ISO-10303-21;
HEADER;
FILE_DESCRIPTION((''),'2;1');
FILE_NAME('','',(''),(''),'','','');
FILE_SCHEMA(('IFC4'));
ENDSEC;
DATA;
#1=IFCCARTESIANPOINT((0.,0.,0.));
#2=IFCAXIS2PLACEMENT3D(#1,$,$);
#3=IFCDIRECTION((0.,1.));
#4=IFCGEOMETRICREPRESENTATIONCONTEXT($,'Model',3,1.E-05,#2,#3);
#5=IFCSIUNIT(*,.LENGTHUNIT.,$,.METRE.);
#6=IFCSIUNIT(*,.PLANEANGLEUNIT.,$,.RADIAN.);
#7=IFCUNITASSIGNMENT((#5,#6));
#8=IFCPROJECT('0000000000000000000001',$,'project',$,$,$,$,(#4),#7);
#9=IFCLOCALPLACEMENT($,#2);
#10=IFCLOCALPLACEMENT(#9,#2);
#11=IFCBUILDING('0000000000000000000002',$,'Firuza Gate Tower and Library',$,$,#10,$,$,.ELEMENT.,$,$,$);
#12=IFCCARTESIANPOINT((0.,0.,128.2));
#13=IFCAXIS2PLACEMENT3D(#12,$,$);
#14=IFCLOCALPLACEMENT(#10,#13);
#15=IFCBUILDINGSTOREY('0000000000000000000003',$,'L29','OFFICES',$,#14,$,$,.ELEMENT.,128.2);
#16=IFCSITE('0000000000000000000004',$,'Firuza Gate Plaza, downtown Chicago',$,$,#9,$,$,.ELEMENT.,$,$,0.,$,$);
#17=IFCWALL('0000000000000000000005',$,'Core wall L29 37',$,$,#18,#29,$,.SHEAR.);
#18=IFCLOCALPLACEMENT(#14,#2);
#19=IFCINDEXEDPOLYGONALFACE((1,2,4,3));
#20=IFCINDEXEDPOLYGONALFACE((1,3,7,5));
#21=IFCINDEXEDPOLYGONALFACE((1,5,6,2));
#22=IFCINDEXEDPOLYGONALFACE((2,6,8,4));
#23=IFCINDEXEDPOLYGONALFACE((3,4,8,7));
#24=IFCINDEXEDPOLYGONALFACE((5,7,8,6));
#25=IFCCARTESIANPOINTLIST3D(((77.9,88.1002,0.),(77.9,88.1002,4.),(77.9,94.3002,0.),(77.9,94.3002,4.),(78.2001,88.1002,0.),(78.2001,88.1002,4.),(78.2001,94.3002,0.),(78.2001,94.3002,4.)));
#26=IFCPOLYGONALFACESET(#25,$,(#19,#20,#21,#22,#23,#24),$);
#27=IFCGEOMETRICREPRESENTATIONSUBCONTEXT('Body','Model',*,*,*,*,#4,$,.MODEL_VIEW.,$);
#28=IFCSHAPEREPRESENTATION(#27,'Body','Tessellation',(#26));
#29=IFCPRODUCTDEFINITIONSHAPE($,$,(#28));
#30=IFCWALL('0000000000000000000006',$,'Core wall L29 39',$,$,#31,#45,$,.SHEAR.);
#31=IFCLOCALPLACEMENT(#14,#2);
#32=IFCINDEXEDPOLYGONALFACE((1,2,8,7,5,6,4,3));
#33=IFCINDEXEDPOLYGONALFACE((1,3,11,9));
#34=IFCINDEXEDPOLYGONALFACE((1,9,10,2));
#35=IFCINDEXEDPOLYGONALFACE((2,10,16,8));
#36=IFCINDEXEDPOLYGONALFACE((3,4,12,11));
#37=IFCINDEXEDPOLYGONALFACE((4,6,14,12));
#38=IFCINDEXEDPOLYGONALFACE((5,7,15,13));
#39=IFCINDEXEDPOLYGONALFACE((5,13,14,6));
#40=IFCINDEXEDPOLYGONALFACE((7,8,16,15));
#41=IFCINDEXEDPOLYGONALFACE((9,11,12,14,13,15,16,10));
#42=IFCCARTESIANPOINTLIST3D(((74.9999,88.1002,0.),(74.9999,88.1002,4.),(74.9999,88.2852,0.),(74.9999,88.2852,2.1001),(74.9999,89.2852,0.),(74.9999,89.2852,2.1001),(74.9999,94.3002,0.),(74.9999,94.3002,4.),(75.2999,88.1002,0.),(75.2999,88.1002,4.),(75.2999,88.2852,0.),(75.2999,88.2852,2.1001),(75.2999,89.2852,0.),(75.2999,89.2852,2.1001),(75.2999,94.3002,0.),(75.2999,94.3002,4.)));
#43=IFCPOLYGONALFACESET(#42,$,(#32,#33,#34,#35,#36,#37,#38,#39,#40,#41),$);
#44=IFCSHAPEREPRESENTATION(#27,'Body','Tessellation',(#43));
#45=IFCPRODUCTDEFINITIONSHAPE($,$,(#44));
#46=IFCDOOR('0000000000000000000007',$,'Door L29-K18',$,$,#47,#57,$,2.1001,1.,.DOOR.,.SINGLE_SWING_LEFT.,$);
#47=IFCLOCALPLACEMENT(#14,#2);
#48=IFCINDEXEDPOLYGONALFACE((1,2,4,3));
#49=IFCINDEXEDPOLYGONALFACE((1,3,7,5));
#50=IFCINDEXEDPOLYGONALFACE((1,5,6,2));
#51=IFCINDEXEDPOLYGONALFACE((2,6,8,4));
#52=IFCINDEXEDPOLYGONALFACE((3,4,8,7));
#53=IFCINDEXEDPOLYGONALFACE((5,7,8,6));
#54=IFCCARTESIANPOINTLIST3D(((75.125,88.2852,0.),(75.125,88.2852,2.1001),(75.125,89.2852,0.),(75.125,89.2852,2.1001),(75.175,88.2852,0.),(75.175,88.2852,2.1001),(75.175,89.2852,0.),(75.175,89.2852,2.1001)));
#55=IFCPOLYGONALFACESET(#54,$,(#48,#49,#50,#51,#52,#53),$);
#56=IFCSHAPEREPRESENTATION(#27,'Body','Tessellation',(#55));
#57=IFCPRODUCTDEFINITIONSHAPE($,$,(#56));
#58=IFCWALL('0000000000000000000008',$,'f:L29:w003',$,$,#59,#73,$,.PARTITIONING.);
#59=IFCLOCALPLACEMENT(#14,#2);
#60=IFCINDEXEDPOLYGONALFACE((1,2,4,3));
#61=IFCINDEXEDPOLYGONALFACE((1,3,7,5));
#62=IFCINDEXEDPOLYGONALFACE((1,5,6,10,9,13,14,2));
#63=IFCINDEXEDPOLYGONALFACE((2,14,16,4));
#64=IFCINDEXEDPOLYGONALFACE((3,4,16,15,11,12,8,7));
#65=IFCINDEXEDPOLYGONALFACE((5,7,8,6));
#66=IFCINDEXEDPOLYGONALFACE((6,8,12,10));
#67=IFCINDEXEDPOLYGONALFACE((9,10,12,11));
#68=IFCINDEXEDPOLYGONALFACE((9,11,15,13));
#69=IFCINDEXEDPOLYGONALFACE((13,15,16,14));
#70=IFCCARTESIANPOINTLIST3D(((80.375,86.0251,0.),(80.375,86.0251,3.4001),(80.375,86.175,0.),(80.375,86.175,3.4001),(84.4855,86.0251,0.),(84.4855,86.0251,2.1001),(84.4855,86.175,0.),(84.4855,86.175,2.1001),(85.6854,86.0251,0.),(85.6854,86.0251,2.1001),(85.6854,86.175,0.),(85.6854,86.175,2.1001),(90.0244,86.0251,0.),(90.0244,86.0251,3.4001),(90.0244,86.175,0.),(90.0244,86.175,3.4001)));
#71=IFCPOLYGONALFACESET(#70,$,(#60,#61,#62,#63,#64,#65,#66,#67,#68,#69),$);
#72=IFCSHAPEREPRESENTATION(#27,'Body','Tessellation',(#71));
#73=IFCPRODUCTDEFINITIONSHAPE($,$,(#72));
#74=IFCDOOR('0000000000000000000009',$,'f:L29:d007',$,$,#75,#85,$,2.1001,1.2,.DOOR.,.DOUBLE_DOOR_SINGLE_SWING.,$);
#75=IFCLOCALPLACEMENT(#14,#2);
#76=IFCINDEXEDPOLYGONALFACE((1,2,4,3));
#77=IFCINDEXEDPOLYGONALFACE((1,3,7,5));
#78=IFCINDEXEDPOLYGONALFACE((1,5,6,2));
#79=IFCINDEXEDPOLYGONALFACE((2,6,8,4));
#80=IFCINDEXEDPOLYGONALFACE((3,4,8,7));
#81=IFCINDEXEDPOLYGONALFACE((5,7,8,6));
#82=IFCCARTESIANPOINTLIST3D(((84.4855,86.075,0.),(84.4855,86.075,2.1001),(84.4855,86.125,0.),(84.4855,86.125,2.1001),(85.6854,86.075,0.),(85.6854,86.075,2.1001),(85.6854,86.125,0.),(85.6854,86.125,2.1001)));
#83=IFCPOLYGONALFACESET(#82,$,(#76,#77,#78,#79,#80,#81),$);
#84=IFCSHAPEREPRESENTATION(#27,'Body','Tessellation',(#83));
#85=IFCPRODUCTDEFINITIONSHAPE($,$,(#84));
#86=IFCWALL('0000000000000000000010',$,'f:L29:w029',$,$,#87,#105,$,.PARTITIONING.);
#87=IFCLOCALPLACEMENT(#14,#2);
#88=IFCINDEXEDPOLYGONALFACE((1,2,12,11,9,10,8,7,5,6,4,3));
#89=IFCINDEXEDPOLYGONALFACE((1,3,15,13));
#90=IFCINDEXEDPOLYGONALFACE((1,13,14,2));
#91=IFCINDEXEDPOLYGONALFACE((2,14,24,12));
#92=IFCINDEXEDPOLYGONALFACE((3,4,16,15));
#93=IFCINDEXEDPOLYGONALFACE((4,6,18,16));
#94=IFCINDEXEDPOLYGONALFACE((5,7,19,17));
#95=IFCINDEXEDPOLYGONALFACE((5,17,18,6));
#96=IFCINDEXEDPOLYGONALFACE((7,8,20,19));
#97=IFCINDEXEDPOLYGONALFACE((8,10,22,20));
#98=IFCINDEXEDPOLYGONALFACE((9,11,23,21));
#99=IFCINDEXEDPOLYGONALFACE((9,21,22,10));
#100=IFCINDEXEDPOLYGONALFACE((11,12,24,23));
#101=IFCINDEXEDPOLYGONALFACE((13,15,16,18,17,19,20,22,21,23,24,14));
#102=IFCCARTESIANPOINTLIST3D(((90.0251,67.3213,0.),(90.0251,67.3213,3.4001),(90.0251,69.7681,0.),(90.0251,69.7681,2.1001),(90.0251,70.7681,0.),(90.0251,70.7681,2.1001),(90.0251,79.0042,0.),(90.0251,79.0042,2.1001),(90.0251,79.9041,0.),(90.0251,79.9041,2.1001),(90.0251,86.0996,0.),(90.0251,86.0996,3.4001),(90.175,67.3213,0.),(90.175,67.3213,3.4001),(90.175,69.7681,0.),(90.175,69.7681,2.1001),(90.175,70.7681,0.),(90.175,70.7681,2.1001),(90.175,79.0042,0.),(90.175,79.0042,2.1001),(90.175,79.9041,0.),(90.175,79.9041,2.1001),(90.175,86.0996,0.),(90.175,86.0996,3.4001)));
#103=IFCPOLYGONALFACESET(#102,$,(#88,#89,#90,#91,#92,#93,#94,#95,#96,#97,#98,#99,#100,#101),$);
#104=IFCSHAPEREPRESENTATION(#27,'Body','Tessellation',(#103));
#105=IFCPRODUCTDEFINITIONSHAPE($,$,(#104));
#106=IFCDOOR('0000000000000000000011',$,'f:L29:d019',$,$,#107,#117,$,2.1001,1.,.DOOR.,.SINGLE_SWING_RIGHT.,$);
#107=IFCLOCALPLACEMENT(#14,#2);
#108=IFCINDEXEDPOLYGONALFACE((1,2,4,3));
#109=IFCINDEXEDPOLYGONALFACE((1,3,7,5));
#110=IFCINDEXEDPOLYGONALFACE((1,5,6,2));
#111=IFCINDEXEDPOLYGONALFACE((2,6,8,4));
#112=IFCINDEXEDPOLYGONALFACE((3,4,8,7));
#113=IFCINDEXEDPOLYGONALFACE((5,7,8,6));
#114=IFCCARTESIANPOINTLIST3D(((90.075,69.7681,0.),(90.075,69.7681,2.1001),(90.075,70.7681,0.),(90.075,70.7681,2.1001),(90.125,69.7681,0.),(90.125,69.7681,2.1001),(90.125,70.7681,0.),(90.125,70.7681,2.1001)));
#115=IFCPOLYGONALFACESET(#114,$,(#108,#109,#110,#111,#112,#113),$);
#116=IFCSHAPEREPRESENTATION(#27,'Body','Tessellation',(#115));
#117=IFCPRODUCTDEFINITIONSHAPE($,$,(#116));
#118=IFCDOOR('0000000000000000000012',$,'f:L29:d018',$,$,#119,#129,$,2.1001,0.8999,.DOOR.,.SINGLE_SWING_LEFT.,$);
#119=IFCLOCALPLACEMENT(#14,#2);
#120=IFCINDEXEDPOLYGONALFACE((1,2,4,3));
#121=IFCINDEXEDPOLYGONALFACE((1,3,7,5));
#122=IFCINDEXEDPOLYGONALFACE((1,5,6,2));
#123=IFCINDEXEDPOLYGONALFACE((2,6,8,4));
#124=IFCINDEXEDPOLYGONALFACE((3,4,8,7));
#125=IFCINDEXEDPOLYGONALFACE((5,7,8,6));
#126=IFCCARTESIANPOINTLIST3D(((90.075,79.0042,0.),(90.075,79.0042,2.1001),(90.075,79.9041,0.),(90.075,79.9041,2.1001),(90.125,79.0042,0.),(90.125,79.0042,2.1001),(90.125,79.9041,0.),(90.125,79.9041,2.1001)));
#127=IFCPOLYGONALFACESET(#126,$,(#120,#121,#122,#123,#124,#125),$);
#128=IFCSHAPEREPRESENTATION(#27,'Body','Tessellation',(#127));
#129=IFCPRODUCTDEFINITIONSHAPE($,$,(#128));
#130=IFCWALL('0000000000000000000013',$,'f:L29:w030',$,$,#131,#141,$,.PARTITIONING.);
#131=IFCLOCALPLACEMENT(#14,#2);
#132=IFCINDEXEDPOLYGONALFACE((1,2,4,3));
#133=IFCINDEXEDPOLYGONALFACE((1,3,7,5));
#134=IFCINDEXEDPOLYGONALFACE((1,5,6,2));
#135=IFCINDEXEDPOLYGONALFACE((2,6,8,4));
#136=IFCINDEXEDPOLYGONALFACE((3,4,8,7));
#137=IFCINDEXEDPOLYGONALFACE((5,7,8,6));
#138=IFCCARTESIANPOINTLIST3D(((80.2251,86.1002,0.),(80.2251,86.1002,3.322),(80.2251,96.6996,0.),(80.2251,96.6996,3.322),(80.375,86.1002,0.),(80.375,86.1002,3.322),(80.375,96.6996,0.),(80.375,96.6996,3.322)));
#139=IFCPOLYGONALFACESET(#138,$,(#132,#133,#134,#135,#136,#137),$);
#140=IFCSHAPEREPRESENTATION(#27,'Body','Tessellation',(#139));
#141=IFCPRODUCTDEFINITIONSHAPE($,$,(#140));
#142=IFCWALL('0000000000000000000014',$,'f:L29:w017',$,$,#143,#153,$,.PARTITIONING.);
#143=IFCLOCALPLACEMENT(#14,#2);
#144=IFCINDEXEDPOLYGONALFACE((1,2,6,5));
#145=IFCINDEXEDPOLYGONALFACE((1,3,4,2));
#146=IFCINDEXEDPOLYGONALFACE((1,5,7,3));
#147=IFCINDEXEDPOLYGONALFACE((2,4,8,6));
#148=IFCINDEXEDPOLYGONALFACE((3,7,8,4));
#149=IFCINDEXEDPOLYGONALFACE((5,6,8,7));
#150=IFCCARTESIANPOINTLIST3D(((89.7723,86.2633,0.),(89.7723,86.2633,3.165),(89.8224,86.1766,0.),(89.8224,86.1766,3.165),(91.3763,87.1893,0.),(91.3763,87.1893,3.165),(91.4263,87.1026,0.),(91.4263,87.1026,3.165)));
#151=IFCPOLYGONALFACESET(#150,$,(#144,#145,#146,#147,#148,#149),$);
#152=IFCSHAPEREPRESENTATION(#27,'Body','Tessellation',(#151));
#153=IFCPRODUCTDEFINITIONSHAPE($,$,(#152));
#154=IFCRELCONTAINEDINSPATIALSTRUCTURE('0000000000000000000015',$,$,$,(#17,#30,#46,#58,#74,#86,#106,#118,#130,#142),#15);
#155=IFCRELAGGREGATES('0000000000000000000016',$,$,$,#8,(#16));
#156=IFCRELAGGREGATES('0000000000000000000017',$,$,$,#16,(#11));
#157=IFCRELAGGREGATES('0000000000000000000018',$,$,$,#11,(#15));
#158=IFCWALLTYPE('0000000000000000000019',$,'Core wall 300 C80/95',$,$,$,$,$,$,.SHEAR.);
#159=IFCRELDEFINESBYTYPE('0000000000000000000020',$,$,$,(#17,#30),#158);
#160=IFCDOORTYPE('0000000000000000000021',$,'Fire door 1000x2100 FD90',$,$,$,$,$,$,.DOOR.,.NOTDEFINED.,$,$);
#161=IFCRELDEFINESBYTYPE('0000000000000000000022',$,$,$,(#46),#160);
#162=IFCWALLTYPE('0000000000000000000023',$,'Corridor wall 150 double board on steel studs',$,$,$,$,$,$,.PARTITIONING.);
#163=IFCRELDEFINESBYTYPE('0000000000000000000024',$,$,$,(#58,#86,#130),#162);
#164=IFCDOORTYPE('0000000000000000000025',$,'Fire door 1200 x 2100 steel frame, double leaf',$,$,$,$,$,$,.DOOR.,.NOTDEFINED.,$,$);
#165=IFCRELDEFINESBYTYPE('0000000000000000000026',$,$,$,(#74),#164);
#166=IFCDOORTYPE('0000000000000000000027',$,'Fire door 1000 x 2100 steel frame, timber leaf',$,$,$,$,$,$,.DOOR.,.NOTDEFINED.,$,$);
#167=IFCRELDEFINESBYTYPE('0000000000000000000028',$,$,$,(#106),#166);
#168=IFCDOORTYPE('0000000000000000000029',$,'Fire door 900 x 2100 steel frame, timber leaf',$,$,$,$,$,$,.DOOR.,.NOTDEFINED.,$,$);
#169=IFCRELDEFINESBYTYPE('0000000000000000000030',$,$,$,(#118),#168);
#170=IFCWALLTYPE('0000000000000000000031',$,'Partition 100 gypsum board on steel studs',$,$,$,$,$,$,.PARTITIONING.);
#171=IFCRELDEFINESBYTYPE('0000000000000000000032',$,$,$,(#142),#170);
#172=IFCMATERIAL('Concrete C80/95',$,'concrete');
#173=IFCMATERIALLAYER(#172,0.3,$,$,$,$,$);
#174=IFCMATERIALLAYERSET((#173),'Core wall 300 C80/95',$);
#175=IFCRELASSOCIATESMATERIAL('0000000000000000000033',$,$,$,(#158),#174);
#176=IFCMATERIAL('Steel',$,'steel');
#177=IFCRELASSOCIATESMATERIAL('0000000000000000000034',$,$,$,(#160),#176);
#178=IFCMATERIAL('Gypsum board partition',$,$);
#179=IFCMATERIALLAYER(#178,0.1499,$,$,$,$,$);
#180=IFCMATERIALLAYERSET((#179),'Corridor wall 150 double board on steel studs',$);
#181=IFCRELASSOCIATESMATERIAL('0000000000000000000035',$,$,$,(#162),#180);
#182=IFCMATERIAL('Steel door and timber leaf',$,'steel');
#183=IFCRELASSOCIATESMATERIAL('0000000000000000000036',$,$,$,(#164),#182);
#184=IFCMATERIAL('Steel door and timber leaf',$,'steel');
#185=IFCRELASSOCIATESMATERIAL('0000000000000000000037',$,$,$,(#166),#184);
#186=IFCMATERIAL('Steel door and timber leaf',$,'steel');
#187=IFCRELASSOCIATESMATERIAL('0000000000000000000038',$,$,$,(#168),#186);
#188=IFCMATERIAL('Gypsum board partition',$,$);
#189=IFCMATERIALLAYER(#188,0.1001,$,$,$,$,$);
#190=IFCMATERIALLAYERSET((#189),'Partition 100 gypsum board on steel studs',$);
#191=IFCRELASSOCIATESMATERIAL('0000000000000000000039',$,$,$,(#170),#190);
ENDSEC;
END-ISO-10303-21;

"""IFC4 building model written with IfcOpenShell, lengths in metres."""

from ifc_helpers import new_model, si_unit, direction, frame, frame_2d, origin, place, context, subcontext, project, spatial, rectangle, extrude, material, layer, layer_set, type_object, element, fill, save


model = new_model("IFC4")

# Units and contexts
model_context = context("Model", 3, precision=1e-05, world=origin(), true_north=direction((0.0, 1.0)))
body_context = subcontext(model_context, "Body", "Model", "MODEL_VIEW")
ifc_project = project(units=[si_unit("LENGTHUNIT", "METRE"), si_unit("PLANEANGLEUNIT", "RADIAN")], contexts=[model_context])

# Site, building, storey
site_placement = place(None, origin())
site = spatial("IfcSite", under=ifc_project, at=site_placement, Name="Firuza Gate Plaza, downtown Chicago", CompositionType="ELEMENT", RefElevation=0.0)
building_placement = place(site_placement, origin())
building = spatial("IfcBuilding", under=site, at=building_placement, Name="Firuza Gate Tower and Library", CompositionType="ELEMENT")
storey_placement = place(building_placement, frame((0.0, 0.0, 128.2)))
storey = spatial("IfcBuildingStorey", under=building, at=storey_placement, Name="L29", Description="OFFICES", CompositionType="ELEMENT", Elevation=128.2)

# Shared definitions
ifc_material_1 = material(Name="Concrete C80/95", Category="concrete")
ifc_layer_1 = layer(ifc_material_1, 0.3)
ifc_layer_set_1 = layer_set([ifc_layer_1], Name="Core wall 300 C80/95")
wall_type_1 = type_object("IfcWallType", Name="Core wall 300 C80/95", PredefinedType="SHEAR", material=ifc_layer_set_1)

# Shared definitions
ifc_material_2 = material(Name="Steel", Category="steel")
door_type_1 = type_object("IfcDoorType", Name="Fire door 1000x2100 FD90", OperationType="NOTDEFINED", PredefinedType="DOOR", material=ifc_material_2)

# Wall
wall_1_placement = place(storey_placement, frame((78.05, 88.1001, 0.0), z_axis=(0.0, 0.0, 1.0), x_axis=(0.0, 1.0, 0.0)))
element("IfcWall", 1, at=wall_1_placement, inside=storey, type_object=wall_type_1, Name="Core wall L29 37", PredefinedType="SHEAR", context=body_context, shape_type="SweptSolid", body=[
    extrude(rectangle(XDim=6.2, YDim=0.3, at=frame_2d((3.1001, 0.0))), origin(), (0.0, 0.0, 1.0), 4.0),
])

# Walls, openings, doors
wall_2_placement = place(storey_placement, frame((75.1499, 88.1001, 0.0), z_axis=(0.0, 0.0, 1.0), x_axis=(0.0, 1.0, 0.0)))
wall_2 = element("IfcWall", 2, at=wall_2_placement, inside=storey, type_object=wall_type_1, Name="Core wall L29 39", PredefinedType="SHEAR", context=body_context, shape_type="SweptSolid", body=[
    extrude(rectangle(XDim=6.2, YDim=0.3, at=frame_2d((3.1001, 0.0))), origin(), (0.0, 0.0, 1.0), 4.0),
])
opening_1_placement = place(wall_2_placement, frame((0.1851, 0.0, 0.0)))
opening_1 = element("IfcOpeningElement", 3, at=opening_1_placement, cuts=wall_2, PredefinedType="OPENING", context=body_context, shape_type="SweptSolid", body=[
    extrude(rectangle(XDim=1.0, YDim=2.1001, at=frame_2d((0.5, 1.05))), frame((0.0, 0.1602, 0.0), z_axis=(0.0, -1.0, 0.0), x_axis=(1.0, 0.0, 0.0)), (0.0, 0.0, 1.0), 0.3201),
])
door_1_placement = place(opening_1_placement, origin())
door_1 = element("IfcDoor", 4, at=door_1_placement, inside=storey, type_object=door_type_1, Name="Door L29-K18", OperationType="SINGLE_SWING_LEFT", OverallHeight=2.1001, OverallWidth=1.0, PredefinedType="DOOR", context=body_context, shape_type="SweptSolid", body=[
    extrude(rectangle(XDim=1.0, YDim=2.1001, at=frame_2d((0.5, 1.05))), frame((0.0, 0.0249, 0.0), z_axis=(0.0, -1.0, 0.0), x_axis=(1.0, 0.0, 0.0)), (0.0, 0.0, 1.0), 0.05),
])
fill(opening_1, door_1)
ifc_material_3 = material(Name="Gypsum board partition")
ifc_layer_2 = layer(ifc_material_3, 0.1499)
ifc_layer_set_2 = layer_set([ifc_layer_2], Name="Corridor wall 150 double board on steel studs")
wall_type_2 = type_object("IfcWallType", Name="Corridor wall 150 double board on steel studs", PredefinedType="PARTITIONING", material=ifc_layer_set_2)
wall_3_placement = place(storey_placement, frame((80.375, 86.1001, 0.0), z_axis=(0.0, 0.0, 1.0), x_axis=(1.0, 0.0, 0.0)))
wall_3 = element("IfcWall", 5, at=wall_3_placement, inside=storey, type_object=wall_type_2, Name="f:L29:w003", PredefinedType="PARTITIONING", context=body_context, shape_type="SweptSolid", body=[
    extrude(rectangle(XDim=9.6494, YDim=0.1499, at=frame_2d((4.8247, 0.0))), origin(), (0.0, 0.0, 1.0), 3.4001),
])
opening_2_placement = place(wall_3_placement, frame((4.1104, 0.0, 0.0)))
opening_2 = element("IfcOpeningElement", 6, at=opening_2_placement, cuts=wall_3, PredefinedType="OPENING", context=body_context, shape_type="SweptSolid", body=[
    extrude(rectangle(XDim=1.2, YDim=2.1001, at=frame_2d((0.6001, 1.05))), frame((0.0, 0.085, 0.0), z_axis=(0.0, -1.0, 0.0), x_axis=(1.0, 0.0, 0.0)), (0.0, 0.0, 1.0), 0.1699),
])
ifc_material_4 = material(Name="Steel door and timber leaf", Category="steel")
door_type_2 = type_object("IfcDoorType", Name="Fire door 1200 x 2100 steel frame, double leaf", OperationType="NOTDEFINED", PredefinedType="DOOR", material=ifc_material_4)
door_2_placement = place(opening_2_placement, origin())
door_2 = element("IfcDoor", 7, at=door_2_placement, inside=storey, type_object=door_type_2, Name="f:L29:d007", OperationType="DOUBLE_DOOR_SINGLE_SWING", OverallHeight=2.1001, OverallWidth=1.2, PredefinedType="DOOR", context=body_context, shape_type="SweptSolid", body=[
    extrude(rectangle(XDim=1.2, YDim=2.1001, at=frame_2d((0.6001, 1.05))), frame((0.0, 0.0249, 0.0), z_axis=(0.0, -1.0, 0.0), x_axis=(1.0, 0.0, 0.0)), (0.0, 0.0, 1.0), 0.05),
])
fill(opening_2, door_2)

# Wall, openings, doors
wall_4_placement = place(storey_placement, frame((90.1001, 86.0996, 0.0), z_axis=(0.0, 0.0, 1.0), x_axis=(0.0, -1.0, 0.0)))
wall_4 = element("IfcWall", 8, at=wall_4_placement, inside=storey, type_object=wall_type_2, Name="f:L29:w029", PredefinedType="PARTITIONING", context=body_context, shape_type="SweptSolid", body=[
    extrude(rectangle(XDim=18.7783, YDim=0.1499, at=frame_2d((9.3892, 0.0))), origin(), (0.0, 0.0, 1.0), 3.4001),
])
opening_3_placement = place(wall_4_placement, frame((6.1956, 0.0, 0.0)))
opening_3 = element("IfcOpeningElement", 9, at=opening_3_placement, cuts=wall_4, PredefinedType="OPENING", context=body_context, shape_type="SweptSolid", body=[
    extrude(rectangle(XDim=0.8999, YDim=2.1001, at=frame_2d((0.45, 1.05))), frame((0.0, 0.085, 0.0), z_axis=(0.0, -1.0, 0.0), x_axis=(1.0, 0.0, 0.0)), (0.0, 0.0, 1.0), 0.1699),
])
opening_4_placement = place(wall_4_placement, frame((15.3315, 0.0, 0.0)))
opening_4 = element("IfcOpeningElement", 10, at=opening_4_placement, cuts=wall_4, PredefinedType="OPENING", context=body_context, shape_type="SweptSolid", body=[
    extrude(rectangle(XDim=1.0, YDim=2.1001, at=frame_2d((0.5, 1.05))), frame((0.0, 0.085, 0.0), z_axis=(0.0, -1.0, 0.0), x_axis=(1.0, 0.0, 0.0)), (0.0, 0.0, 1.0), 0.1699),
])
ifc_material_5 = material(Name="Steel door and timber leaf", Category="steel")
door_type_3 = type_object("IfcDoorType", Name="Fire door 1000 x 2100 steel frame, timber leaf", OperationType="NOTDEFINED", PredefinedType="DOOR", material=ifc_material_5)
door_3_placement = place(opening_4_placement, origin())
door_3 = element("IfcDoor", 11, at=door_3_placement, inside=storey, type_object=door_type_3, Name="f:L29:d019", OperationType="SINGLE_SWING_RIGHT", OverallHeight=2.1001, OverallWidth=1.0, PredefinedType="DOOR", context=body_context, shape_type="SweptSolid", body=[
    extrude(rectangle(XDim=1.0, YDim=2.1001, at=frame_2d((0.5, 1.05))), frame((0.0, 0.0249, 0.0), z_axis=(0.0, -1.0, 0.0), x_axis=(1.0, 0.0, 0.0)), (0.0, 0.0, 1.0), 0.05),
])
fill(opening_4, door_3)
ifc_material_6 = material(Name="Steel door and timber leaf", Category="steel")
door_type_4 = type_object("IfcDoorType", Name="Fire door 900 x 2100 steel frame, timber leaf", OperationType="NOTDEFINED", PredefinedType="DOOR", material=ifc_material_6)
door_4_placement = place(opening_3_placement, origin())
door_4 = element("IfcDoor", 12, at=door_4_placement, inside=storey, type_object=door_type_4, Name="f:L29:d018", OperationType="SINGLE_SWING_LEFT", OverallHeight=2.1001, OverallWidth=0.8999, PredefinedType="DOOR", context=body_context, shape_type="SweptSolid", body=[
    extrude(rectangle(XDim=0.8999, YDim=2.1001, at=frame_2d((0.45, 1.05))), frame((0.0, 0.0249, 0.0), z_axis=(0.0, -1.0, 0.0), x_axis=(1.0, 0.0, 0.0)), (0.0, 0.0, 1.0), 0.05),
])
fill(opening_3, door_4)

# Walls
wall_5_placement = place(storey_placement, frame((80.3, 86.1001, 0.0), z_axis=(0.0, 0.0, 1.0), x_axis=(0.0, 1.0, 0.0)))
element("IfcWall", 13, at=wall_5_placement, inside=storey, type_object=wall_type_2, Name="f:L29:w030", PredefinedType="PARTITIONING", context=body_context, shape_type="SweptSolid", body=[
    extrude(rectangle(XDim=10.5994, YDim=0.1499, at=frame_2d((5.2998, 0.0))), origin(), (0.0, 0.0, 1.0), 3.322),
])
ifc_material_7 = material(Name="Gypsum board partition")
ifc_layer_3 = layer(ifc_material_7, 0.1001)
ifc_layer_set_3 = layer_set([ifc_layer_3], Name="Partition 100 gypsum board on steel studs")
wall_type_3 = type_object("IfcWallType", Name="Partition 100 gypsum board on steel studs", PredefinedType="PARTITIONING", material=ifc_layer_set_3)
wall_6_placement = place(storey_placement, frame((89.7974, 86.22, 0.0), z_axis=(0.0, 0.0, 1.0), x_axis=(0.866036, 0.499981, 0.0)))
element("IfcWall", 14, at=wall_6_placement, inside=storey, type_object=wall_type_3, Name="f:L29:w017", PredefinedType="PARTITIONING", context=body_context, shape_type="SweptSolid", body=[
    extrude(rectangle(XDim=1.8521, YDim=0.1001, at=frame_2d((0.926, 0.0))), origin(), (0.0, 0.0, 1.0), 3.165),
])

save(model, "model.ifc")
